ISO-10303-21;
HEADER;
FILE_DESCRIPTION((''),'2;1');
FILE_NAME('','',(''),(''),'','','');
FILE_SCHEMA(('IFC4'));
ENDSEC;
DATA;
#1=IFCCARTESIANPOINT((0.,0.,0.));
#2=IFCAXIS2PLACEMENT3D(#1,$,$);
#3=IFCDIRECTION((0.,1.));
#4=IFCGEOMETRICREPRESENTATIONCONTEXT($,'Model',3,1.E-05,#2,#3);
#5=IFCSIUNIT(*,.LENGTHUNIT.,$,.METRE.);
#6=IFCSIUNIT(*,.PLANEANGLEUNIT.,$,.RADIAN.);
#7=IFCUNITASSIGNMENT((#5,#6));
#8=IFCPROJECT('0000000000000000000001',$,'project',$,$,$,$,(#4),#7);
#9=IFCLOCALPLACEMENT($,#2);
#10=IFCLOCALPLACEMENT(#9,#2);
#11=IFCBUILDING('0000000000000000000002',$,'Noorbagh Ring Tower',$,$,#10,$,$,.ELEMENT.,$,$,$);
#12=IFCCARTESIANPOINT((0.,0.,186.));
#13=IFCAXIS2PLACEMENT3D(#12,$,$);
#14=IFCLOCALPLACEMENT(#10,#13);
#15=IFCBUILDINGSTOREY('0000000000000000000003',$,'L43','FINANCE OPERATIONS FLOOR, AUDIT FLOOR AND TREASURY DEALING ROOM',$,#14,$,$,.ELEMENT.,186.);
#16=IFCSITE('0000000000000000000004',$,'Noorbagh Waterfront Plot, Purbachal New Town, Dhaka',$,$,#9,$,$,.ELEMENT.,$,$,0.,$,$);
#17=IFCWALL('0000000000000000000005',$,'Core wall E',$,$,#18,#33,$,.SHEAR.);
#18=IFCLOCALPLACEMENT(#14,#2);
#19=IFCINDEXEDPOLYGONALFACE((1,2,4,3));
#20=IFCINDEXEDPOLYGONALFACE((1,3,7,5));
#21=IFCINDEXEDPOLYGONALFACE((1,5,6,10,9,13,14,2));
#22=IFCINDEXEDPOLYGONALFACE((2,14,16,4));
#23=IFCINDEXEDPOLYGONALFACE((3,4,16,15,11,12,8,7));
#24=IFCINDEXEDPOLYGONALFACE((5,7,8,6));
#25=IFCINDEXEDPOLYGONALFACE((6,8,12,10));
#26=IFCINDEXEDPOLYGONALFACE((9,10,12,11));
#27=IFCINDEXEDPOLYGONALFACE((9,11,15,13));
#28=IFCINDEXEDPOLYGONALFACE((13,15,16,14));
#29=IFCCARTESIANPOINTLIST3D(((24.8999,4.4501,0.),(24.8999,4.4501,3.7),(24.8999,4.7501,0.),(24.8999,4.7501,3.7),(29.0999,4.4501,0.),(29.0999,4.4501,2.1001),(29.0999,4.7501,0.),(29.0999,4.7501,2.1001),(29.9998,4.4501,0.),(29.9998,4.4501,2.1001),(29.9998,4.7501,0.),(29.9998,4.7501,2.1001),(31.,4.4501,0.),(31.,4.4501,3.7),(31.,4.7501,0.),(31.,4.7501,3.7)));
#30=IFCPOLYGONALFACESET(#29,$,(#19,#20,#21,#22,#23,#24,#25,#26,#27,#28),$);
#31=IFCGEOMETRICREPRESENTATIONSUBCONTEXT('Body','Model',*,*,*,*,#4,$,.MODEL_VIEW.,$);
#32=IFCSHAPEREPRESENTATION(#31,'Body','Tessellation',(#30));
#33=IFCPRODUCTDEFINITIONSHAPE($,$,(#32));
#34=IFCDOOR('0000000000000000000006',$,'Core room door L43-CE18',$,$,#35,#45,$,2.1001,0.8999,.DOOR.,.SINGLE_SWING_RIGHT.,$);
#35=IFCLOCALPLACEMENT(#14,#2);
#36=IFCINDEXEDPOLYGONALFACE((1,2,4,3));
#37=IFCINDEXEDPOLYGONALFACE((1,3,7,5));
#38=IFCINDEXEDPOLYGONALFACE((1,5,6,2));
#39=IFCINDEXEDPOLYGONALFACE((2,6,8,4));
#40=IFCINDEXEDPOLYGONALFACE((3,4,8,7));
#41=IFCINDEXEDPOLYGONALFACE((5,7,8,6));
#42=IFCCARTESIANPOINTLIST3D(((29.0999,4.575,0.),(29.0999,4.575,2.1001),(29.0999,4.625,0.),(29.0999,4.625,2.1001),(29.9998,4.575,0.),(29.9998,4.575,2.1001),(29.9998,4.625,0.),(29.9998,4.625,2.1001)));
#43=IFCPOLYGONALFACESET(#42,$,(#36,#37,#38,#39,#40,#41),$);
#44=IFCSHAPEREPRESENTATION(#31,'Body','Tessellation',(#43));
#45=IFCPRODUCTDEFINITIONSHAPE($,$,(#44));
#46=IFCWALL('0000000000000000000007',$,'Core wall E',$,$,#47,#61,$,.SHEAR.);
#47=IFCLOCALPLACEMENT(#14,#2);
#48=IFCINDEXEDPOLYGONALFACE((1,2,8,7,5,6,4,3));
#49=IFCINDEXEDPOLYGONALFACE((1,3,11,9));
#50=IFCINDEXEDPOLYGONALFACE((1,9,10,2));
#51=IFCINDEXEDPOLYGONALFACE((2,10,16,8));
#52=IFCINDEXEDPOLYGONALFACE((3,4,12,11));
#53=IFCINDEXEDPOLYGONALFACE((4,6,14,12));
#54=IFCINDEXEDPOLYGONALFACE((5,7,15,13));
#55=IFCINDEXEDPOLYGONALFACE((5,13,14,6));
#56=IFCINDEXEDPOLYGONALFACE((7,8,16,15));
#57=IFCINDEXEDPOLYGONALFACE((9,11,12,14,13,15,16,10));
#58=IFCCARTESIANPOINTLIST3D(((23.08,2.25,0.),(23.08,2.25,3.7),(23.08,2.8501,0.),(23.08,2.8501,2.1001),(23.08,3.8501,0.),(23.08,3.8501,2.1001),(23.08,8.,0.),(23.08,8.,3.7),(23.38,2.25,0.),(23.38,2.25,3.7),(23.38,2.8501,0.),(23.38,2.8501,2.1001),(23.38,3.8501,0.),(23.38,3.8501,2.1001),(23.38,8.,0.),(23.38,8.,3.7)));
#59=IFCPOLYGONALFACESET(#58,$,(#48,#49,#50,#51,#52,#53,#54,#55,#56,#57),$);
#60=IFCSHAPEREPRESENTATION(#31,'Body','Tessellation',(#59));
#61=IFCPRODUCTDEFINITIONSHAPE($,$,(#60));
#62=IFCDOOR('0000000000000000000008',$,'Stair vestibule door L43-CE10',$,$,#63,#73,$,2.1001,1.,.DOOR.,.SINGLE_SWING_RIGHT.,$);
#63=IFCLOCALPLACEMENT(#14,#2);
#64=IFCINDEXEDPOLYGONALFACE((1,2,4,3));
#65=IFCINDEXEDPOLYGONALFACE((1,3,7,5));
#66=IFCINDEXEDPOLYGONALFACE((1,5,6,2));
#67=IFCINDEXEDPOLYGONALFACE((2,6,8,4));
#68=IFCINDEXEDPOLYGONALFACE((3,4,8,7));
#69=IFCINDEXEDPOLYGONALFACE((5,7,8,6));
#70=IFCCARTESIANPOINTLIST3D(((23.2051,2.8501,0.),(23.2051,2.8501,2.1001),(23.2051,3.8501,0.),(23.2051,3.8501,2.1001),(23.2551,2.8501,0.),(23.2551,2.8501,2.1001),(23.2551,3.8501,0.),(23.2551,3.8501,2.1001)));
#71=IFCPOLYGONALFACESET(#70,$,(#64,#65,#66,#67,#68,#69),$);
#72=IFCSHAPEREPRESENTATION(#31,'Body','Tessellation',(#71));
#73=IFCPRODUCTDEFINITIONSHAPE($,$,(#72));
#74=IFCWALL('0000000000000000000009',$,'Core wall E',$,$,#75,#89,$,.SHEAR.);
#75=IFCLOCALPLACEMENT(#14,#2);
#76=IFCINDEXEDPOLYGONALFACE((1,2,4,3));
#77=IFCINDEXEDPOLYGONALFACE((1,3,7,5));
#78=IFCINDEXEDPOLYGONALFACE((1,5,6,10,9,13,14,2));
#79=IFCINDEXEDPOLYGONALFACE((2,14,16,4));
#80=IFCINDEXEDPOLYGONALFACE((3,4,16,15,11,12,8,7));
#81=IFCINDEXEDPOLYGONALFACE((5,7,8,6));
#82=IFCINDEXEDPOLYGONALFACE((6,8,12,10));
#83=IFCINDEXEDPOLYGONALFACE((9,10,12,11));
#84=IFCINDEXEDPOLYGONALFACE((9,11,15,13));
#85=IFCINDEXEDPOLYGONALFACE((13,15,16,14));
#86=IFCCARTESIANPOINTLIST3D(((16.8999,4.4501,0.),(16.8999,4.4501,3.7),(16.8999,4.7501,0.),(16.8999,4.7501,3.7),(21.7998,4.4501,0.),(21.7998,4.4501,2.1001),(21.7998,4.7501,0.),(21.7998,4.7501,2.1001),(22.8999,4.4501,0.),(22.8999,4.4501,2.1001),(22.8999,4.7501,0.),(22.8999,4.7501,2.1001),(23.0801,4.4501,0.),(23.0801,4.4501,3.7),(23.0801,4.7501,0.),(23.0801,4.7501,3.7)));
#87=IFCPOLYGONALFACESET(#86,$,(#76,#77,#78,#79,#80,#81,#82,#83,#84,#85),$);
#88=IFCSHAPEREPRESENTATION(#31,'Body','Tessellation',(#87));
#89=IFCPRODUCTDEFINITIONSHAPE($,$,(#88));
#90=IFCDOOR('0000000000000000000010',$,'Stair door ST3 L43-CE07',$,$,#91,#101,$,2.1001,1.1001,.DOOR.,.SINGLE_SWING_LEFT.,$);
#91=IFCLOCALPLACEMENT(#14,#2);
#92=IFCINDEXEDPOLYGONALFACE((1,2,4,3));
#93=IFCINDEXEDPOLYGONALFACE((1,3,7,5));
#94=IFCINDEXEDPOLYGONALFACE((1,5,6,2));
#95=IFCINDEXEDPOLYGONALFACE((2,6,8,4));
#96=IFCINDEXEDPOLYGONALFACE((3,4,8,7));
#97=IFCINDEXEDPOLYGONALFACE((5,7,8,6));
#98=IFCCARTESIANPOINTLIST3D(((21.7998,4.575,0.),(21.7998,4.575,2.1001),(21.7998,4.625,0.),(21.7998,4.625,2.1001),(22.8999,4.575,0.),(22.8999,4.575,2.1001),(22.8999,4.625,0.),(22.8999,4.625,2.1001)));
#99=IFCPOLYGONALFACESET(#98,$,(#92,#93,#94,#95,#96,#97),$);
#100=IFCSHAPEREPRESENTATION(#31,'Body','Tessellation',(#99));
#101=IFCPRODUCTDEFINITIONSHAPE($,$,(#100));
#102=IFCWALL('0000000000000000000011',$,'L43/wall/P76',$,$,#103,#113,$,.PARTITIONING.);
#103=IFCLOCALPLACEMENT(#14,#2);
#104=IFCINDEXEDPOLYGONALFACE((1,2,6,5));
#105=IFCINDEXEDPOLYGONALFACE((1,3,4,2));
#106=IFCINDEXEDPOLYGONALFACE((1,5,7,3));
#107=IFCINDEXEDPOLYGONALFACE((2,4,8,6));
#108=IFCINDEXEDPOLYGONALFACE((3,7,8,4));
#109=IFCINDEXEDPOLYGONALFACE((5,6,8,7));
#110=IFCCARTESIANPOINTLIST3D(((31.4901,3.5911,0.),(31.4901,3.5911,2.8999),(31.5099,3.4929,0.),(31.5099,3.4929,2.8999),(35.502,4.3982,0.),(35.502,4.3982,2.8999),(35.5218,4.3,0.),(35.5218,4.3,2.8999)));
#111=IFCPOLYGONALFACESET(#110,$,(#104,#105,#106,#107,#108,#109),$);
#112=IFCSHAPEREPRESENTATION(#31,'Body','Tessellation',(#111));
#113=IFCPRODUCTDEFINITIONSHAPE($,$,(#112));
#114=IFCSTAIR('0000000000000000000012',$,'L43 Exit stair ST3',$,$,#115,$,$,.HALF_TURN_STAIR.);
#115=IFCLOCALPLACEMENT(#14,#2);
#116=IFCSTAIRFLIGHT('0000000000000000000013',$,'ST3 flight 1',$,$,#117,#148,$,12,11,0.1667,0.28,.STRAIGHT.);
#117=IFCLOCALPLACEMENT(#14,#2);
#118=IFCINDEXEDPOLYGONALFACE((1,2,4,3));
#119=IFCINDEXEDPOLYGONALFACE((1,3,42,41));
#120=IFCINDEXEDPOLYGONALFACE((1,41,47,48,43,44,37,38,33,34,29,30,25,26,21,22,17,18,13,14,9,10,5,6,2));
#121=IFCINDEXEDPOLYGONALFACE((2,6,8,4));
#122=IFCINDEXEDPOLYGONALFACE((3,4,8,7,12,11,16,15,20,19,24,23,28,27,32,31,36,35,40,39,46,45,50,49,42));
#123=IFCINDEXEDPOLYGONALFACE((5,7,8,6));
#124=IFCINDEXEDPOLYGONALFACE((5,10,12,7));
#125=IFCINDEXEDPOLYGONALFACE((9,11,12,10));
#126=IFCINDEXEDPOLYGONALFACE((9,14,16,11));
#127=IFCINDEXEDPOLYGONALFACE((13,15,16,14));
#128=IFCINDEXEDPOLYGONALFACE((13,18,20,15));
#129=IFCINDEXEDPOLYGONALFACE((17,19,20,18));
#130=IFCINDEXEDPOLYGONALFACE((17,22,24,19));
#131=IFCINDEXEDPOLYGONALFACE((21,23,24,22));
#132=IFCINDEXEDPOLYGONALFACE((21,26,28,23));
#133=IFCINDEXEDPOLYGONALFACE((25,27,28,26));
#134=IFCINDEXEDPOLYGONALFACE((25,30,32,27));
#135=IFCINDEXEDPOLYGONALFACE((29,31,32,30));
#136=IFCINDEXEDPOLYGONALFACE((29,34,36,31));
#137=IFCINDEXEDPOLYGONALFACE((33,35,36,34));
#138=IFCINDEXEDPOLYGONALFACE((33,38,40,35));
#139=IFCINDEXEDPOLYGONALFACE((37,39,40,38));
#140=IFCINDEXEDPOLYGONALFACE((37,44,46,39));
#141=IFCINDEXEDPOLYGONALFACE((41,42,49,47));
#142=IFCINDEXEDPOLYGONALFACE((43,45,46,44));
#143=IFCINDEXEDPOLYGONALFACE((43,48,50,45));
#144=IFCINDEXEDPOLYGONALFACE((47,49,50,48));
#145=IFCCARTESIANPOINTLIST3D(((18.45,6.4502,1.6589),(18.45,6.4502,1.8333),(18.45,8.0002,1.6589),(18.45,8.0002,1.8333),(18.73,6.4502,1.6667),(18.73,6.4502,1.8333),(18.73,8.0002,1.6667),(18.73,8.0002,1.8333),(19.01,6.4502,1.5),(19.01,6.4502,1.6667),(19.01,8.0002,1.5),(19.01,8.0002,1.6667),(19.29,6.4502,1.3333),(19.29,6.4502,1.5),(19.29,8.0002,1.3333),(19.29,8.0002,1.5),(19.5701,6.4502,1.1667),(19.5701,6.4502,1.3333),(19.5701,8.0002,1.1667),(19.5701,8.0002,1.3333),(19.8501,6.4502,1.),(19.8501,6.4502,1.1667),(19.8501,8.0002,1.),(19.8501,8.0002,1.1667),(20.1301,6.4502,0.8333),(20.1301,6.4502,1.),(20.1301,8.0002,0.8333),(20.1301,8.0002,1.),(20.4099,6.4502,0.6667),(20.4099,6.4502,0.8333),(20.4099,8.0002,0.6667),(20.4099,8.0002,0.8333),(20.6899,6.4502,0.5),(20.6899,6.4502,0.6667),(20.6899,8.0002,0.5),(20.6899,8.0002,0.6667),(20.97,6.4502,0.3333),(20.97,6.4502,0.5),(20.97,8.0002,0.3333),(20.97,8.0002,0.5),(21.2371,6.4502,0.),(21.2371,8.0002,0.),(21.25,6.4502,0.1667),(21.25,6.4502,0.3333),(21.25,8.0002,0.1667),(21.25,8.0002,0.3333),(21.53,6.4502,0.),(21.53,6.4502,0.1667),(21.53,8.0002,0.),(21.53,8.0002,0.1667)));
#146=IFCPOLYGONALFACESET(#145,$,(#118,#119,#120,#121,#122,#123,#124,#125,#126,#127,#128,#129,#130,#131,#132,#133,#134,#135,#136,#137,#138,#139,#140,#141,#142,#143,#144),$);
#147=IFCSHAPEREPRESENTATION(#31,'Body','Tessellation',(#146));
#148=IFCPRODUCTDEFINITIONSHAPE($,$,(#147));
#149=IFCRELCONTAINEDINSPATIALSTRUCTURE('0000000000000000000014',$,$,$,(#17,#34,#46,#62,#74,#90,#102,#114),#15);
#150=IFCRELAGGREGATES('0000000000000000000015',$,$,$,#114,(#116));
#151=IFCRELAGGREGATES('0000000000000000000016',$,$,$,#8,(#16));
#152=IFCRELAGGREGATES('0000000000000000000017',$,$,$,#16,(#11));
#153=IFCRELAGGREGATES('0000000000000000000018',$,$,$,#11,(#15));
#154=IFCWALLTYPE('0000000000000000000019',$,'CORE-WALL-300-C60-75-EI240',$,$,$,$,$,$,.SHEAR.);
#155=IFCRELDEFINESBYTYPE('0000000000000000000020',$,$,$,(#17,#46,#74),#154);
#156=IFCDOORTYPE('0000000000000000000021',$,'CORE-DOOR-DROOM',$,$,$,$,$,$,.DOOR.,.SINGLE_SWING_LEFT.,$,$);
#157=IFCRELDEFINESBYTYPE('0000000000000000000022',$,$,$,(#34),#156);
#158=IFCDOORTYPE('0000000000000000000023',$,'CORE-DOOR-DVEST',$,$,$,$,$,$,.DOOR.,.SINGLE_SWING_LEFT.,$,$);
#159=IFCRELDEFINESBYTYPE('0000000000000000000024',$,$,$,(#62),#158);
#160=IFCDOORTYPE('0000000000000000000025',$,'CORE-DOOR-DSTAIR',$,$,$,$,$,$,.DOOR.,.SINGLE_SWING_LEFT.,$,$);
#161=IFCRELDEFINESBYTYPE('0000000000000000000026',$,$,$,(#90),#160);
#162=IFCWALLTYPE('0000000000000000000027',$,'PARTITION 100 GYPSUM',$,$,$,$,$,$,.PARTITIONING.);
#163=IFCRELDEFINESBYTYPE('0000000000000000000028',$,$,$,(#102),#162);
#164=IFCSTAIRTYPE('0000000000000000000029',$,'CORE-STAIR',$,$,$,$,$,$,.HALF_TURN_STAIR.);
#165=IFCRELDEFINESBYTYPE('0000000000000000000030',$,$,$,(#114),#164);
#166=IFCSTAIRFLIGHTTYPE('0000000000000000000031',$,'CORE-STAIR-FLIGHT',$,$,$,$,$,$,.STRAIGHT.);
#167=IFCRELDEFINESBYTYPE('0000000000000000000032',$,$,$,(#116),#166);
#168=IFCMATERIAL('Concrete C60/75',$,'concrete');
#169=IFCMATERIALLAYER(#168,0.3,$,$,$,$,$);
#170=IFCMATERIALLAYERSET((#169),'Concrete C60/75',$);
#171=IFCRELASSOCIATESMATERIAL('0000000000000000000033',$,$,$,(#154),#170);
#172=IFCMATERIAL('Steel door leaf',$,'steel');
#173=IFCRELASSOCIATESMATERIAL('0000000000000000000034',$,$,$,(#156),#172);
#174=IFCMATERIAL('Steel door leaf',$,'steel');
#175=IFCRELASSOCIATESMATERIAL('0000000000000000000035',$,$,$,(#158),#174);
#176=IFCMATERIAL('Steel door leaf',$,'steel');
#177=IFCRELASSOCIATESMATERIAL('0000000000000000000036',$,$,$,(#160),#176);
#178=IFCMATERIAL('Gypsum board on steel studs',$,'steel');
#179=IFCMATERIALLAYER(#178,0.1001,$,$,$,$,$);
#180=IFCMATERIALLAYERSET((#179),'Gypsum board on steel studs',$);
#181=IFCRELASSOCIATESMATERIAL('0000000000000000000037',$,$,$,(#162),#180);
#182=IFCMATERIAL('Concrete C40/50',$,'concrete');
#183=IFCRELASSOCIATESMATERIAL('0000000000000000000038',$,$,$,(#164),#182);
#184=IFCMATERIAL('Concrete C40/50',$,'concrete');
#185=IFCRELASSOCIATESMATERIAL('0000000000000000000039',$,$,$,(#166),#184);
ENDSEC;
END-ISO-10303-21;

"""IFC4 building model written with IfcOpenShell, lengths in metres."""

from ifc_helpers import new_model, si_unit, direction, frame, frame_2d, origin, place, context, subcontext, project, spatial, polyline, rectangle, outline, extrude, material, layer, layer_set, type_object, element, fill, aggregate, save


model = new_model("IFC4")

# Units and contexts
model_context = context("Model", 3, precision=1e-05, world=origin(), true_north=direction((0.0, 1.0)))
body_context = subcontext(model_context, "Body", "Model", "MODEL_VIEW")
ifc_project = project(units=[si_unit("LENGTHUNIT", "METRE"), si_unit("PLANEANGLEUNIT", "RADIAN")], contexts=[model_context])

# Site, building, storey
site_placement = place(None, origin())
site = spatial("IfcSite", under=ifc_project, at=site_placement, Name="Noorbagh Waterfront Plot, Purbachal New Town, Dhaka", CompositionType="ELEMENT", RefElevation=0.0)
building_placement = place(site_placement, origin())
building = spatial("IfcBuilding", under=site, at=building_placement, Name="Noorbagh Ring Tower", CompositionType="ELEMENT")
storey_placement = place(building_placement, frame((0.0, 0.0, 186.0)))
storey = spatial("IfcBuildingStorey", under=building, at=storey_placement, Name="L43", Description="FINANCE OPERATIONS FLOOR, AUDIT FLOOR AND TREASURY DEALING ROOM", CompositionType="ELEMENT", Elevation=186.0)

# Walls, openings, doors
ifc_material_1 = material(Name="Concrete C60/75", Category="concrete")
ifc_layer_1 = layer(ifc_material_1, 0.3)
ifc_layer_set_1 = layer_set([ifc_layer_1], Name="Concrete C60/75")
wall_type_1 = type_object("IfcWallType", Name="CORE-WALL-300-C60-75-EI240", PredefinedType="SHEAR", material=ifc_layer_set_1)
wall_1_placement = place(storey_placement, frame((24.8999, 4.6001, 0.0), z_axis=(0.0, 0.0, 1.0), x_axis=(1.0, 0.0, 0.0)))
wall_1 = element("IfcWall", 1, at=wall_1_placement, inside=storey, type_object=wall_type_1, Name="Core wall E", PredefinedType="SHEAR", context=body_context, shape_type="SweptSolid", body=[
    extrude(rectangle(XDim=6.1001, YDim=0.3, at=frame_2d((3.05, 0.0))), origin(), (0.0, 0.0, 1.0), 3.7),
])
opening_1_placement = place(wall_1_placement, frame((4.2, 0.0, 0.0)))
opening_1 = element("IfcOpeningElement", 2, at=opening_1_placement, cuts=wall_1, PredefinedType="OPENING", context=body_context, shape_type="SweptSolid", body=[
    extrude(rectangle(XDim=0.8999, YDim=2.1001, at=frame_2d((0.45, 1.05))), frame((0.0, 0.1602, 0.0), z_axis=(0.0, -1.0, 0.0), x_axis=(1.0, 0.0, 0.0)), (0.0, 0.0, 1.0), 0.3201),
])
ifc_material_2 = material(Name="Steel door leaf", Category="steel")
door_type_1 = type_object("IfcDoorType", Name="CORE-DOOR-DROOM", OperationType="SINGLE_SWING_LEFT", PredefinedType="DOOR", material=ifc_material_2)
door_1_placement = place(opening_1_placement, origin())
door_1 = element("IfcDoor", 3, at=door_1_placement, inside=storey, type_object=door_type_1, Name="Core room door L43-CE18", OperationType="SINGLE_SWING_RIGHT", OverallHeight=2.1001, OverallWidth=0.8999, PredefinedType="DOOR", context=body_context, shape_type="SweptSolid", body=[
    extrude(rectangle(XDim=0.8999, YDim=2.1001, at=frame_2d((0.45, 1.05))), frame((0.0, 0.0249, 0.0), z_axis=(0.0, -1.0, 0.0), x_axis=(1.0, 0.0, 0.0)), (0.0, 0.0, 1.0), 0.05),
])
fill(opening_1, door_1)
wall_2_placement = place(storey_placement, frame((23.23, 2.25, 0.0), z_axis=(0.0, 0.0, 1.0), x_axis=(0.0, 1.0, 0.0)))
wall_2 = element("IfcWall", 4, at=wall_2_placement, inside=storey, type_object=wall_type_1, Name="Core wall E", PredefinedType="SHEAR", context=body_context, shape_type="SweptSolid", body=[
    extrude(rectangle(XDim=5.75, YDim=0.3, at=frame_2d((2.875, 0.0))), origin(), (0.0, 0.0, 1.0), 3.7),
])
opening_2_placement = place(wall_2_placement, frame((0.6001, 0.0, 0.0)))
opening_2 = element("IfcOpeningElement", 5, at=opening_2_placement, cuts=wall_2, PredefinedType="OPENING", context=body_context, shape_type="SweptSolid", body=[
    extrude(rectangle(XDim=1.0, YDim=2.1001, at=frame_2d((0.5, 1.05))), frame((0.0, 0.1602, 0.0), z_axis=(0.0, -1.0, 0.0), x_axis=(1.0, 0.0, 0.0)), (0.0, 0.0, 1.0), 0.3201),
])
ifc_material_3 = material(Name="Steel door leaf", Category="steel")
door_type_2 = type_object("IfcDoorType", Name="CORE-DOOR-DVEST", OperationType="SINGLE_SWING_LEFT", PredefinedType="DOOR", material=ifc_material_3)
door_2_placement = place(opening_2_placement, origin())
door_2 = element("IfcDoor", 6, at=door_2_placement, inside=storey, type_object=door_type_2, Name="Stair vestibule door L43-CE10", OperationType="SINGLE_SWING_RIGHT", OverallHeight=2.1001, OverallWidth=1.0, PredefinedType="DOOR", context=body_context, shape_type="SweptSolid", body=[
    extrude(rectangle(XDim=1.0, YDim=2.1001, at=frame_2d((0.5, 1.05))), frame((0.0, 0.0249, 0.0), z_axis=(0.0, -1.0, 0.0), x_axis=(1.0, 0.0, 0.0)), (0.0, 0.0, 1.0), 0.05),
])
fill(opening_2, door_2)
wall_3_placement = place(storey_placement, frame((16.8999, 4.6001, 0.0), z_axis=(0.0, 0.0, 1.0), x_axis=(1.0, 0.0, 0.0)))
wall_3 = element("IfcWall", 7, at=wall_3_placement, inside=storey, type_object=wall_type_1, Name="Core wall E", PredefinedType="SHEAR", context=body_context, shape_type="SweptSolid", body=[
    extrude(rectangle(XDim=6.1802, YDim=0.3, at=frame_2d((3.0901, 0.0))), origin(), (0.0, 0.0, 1.0), 3.7),
])
opening_3_placement = place(wall_3_placement, frame((4.8999, 0.0, 0.0)))
opening_3 = element("IfcOpeningElement", 8, at=opening_3_placement, cuts=wall_3, PredefinedType="OPENING", context=body_context, shape_type="SweptSolid", body=[
    extrude(rectangle(XDim=1.1001, YDim=2.1001, at=frame_2d((0.55, 1.05))), frame((0.0, 0.1602, 0.0), z_axis=(0.0, -1.0, 0.0), x_axis=(1.0, 0.0, 0.0)), (0.0, 0.0, 1.0), 0.3201),
])
ifc_material_4 = material(Name="Steel door leaf", Category="steel")
door_type_3 = type_object("IfcDoorType", Name="CORE-DOOR-DSTAIR", OperationType="SINGLE_SWING_LEFT", PredefinedType="DOOR", material=ifc_material_4)
door_3_placement = place(opening_3_placement, origin())
door_3 = element("IfcDoor", 9, at=door_3_placement, inside=storey, type_object=door_type_3, Name="Stair door ST3 L43-CE07", OperationType="SINGLE_SWING_LEFT", OverallHeight=2.1001, OverallWidth=1.1001, PredefinedType="DOOR", context=body_context, shape_type="SweptSolid", body=[
    extrude(rectangle(XDim=1.1001, YDim=2.1001, at=frame_2d((0.55, 1.05))), frame((0.0, 0.0249, 0.0), z_axis=(0.0, -1.0, 0.0), x_axis=(1.0, 0.0, 0.0)), (0.0, 0.0, 1.0), 0.05),
])
fill(opening_3, door_3)

# Wall
ifc_material_5 = material(Name="Gypsum board on steel studs", Category="steel")
ifc_layer_2 = layer(ifc_material_5, 0.1001)
ifc_layer_set_2 = layer_set([ifc_layer_2], Name="Gypsum board on steel studs")
wall_type_2 = type_object("IfcWallType", Name="PARTITION 100 GYPSUM", PredefinedType="PARTITIONING", material=ifc_layer_set_2)
wall_4_placement = place(storey_placement, frame((31.5, 3.542, 0.0), z_axis=(0.0, 0.0, 1.0), x_axis=(0.980357, 0.197229, 0.0)))
element("IfcWall", 10, at=wall_4_placement, inside=storey, type_object=wall_type_2, Name="L43/wall/P76", PredefinedType="PARTITIONING", context=body_context, shape_type="SweptSolid", body=[
    extrude(rectangle(XDim=4.0923, YDim=0.1001, at=frame_2d((2.0461, 0.0))), origin(), (0.0, 0.0, 1.0), 2.8999),
])

# Stair, stair flight
ifc_material_6 = material(Name="Concrete C40/50", Category="concrete")
stair_type = type_object("IfcStairType", Name="CORE-STAIR", PredefinedType="HALF_TURN_STAIR", material=ifc_material_6)
stair_placement = place(storey_placement, origin())
stair = element("IfcStair", 11, at=stair_placement, inside=storey, type_object=stair_type, Name="L43 Exit stair ST3", PredefinedType="HALF_TURN_STAIR")
ifc_material_7 = material(Name="Concrete C40/50", Category="concrete")
stair_flight_type = type_object("IfcStairFlightType", Name="CORE-STAIR-FLIGHT", PredefinedType="STRAIGHT", material=ifc_material_7)
stair_flight_1_placement = place(storey_placement, frame((21.53, 7.2251, 0.0), z_axis=(0.0, 0.0, 1.0), x_axis=(-1.0, 0.0, 0.0)))
stair_flight_1 = element("IfcStairFlight", 12, at=stair_flight_1_placement, type_object=stair_flight_type, Name="ST3 flight 1", NumberOfRisers=12, NumberOfTreads=11, PredefinedType="STRAIGHT", RiserHeight=0.1667, TreadLength=0.28, context=body_context, shape_type="SweptSolid", body=[
    extrude(outline(polyline([(0.0, 0.0), (0.0, 0.1667), (0.28, 0.1667), (0.28, 0.3333), (0.5601, 0.3333), (0.5601, 0.5), (0.8401, 0.5), (0.8401, 0.6667), (1.1201, 0.6667), (1.1201, 0.8333), (1.3999, 0.8333), (1.3999, 1.0), (1.6799, 1.0), (1.6799, 1.1667), (1.96, 1.1667), (1.96, 1.3333), (2.24, 1.3333), (2.24, 1.5), (2.52, 1.5), (2.52, 1.6667), (2.8, 1.6667), (2.8, 1.8333), (3.0801, 1.8333), (3.0801, 2.0), (3.0801, 1.6589), (0.293, 0.0), (0.0, 0.0)])), frame((0.0, 0.7749, 0.0), z_axis=(0.0, -1.0, 0.0), x_axis=(1.0, 0.0, 0.0)), (0.0, 0.0, 1.0), 1.55),
])
aggregate(stair, [stair_flight_1])

save(model, "model.ifc")
